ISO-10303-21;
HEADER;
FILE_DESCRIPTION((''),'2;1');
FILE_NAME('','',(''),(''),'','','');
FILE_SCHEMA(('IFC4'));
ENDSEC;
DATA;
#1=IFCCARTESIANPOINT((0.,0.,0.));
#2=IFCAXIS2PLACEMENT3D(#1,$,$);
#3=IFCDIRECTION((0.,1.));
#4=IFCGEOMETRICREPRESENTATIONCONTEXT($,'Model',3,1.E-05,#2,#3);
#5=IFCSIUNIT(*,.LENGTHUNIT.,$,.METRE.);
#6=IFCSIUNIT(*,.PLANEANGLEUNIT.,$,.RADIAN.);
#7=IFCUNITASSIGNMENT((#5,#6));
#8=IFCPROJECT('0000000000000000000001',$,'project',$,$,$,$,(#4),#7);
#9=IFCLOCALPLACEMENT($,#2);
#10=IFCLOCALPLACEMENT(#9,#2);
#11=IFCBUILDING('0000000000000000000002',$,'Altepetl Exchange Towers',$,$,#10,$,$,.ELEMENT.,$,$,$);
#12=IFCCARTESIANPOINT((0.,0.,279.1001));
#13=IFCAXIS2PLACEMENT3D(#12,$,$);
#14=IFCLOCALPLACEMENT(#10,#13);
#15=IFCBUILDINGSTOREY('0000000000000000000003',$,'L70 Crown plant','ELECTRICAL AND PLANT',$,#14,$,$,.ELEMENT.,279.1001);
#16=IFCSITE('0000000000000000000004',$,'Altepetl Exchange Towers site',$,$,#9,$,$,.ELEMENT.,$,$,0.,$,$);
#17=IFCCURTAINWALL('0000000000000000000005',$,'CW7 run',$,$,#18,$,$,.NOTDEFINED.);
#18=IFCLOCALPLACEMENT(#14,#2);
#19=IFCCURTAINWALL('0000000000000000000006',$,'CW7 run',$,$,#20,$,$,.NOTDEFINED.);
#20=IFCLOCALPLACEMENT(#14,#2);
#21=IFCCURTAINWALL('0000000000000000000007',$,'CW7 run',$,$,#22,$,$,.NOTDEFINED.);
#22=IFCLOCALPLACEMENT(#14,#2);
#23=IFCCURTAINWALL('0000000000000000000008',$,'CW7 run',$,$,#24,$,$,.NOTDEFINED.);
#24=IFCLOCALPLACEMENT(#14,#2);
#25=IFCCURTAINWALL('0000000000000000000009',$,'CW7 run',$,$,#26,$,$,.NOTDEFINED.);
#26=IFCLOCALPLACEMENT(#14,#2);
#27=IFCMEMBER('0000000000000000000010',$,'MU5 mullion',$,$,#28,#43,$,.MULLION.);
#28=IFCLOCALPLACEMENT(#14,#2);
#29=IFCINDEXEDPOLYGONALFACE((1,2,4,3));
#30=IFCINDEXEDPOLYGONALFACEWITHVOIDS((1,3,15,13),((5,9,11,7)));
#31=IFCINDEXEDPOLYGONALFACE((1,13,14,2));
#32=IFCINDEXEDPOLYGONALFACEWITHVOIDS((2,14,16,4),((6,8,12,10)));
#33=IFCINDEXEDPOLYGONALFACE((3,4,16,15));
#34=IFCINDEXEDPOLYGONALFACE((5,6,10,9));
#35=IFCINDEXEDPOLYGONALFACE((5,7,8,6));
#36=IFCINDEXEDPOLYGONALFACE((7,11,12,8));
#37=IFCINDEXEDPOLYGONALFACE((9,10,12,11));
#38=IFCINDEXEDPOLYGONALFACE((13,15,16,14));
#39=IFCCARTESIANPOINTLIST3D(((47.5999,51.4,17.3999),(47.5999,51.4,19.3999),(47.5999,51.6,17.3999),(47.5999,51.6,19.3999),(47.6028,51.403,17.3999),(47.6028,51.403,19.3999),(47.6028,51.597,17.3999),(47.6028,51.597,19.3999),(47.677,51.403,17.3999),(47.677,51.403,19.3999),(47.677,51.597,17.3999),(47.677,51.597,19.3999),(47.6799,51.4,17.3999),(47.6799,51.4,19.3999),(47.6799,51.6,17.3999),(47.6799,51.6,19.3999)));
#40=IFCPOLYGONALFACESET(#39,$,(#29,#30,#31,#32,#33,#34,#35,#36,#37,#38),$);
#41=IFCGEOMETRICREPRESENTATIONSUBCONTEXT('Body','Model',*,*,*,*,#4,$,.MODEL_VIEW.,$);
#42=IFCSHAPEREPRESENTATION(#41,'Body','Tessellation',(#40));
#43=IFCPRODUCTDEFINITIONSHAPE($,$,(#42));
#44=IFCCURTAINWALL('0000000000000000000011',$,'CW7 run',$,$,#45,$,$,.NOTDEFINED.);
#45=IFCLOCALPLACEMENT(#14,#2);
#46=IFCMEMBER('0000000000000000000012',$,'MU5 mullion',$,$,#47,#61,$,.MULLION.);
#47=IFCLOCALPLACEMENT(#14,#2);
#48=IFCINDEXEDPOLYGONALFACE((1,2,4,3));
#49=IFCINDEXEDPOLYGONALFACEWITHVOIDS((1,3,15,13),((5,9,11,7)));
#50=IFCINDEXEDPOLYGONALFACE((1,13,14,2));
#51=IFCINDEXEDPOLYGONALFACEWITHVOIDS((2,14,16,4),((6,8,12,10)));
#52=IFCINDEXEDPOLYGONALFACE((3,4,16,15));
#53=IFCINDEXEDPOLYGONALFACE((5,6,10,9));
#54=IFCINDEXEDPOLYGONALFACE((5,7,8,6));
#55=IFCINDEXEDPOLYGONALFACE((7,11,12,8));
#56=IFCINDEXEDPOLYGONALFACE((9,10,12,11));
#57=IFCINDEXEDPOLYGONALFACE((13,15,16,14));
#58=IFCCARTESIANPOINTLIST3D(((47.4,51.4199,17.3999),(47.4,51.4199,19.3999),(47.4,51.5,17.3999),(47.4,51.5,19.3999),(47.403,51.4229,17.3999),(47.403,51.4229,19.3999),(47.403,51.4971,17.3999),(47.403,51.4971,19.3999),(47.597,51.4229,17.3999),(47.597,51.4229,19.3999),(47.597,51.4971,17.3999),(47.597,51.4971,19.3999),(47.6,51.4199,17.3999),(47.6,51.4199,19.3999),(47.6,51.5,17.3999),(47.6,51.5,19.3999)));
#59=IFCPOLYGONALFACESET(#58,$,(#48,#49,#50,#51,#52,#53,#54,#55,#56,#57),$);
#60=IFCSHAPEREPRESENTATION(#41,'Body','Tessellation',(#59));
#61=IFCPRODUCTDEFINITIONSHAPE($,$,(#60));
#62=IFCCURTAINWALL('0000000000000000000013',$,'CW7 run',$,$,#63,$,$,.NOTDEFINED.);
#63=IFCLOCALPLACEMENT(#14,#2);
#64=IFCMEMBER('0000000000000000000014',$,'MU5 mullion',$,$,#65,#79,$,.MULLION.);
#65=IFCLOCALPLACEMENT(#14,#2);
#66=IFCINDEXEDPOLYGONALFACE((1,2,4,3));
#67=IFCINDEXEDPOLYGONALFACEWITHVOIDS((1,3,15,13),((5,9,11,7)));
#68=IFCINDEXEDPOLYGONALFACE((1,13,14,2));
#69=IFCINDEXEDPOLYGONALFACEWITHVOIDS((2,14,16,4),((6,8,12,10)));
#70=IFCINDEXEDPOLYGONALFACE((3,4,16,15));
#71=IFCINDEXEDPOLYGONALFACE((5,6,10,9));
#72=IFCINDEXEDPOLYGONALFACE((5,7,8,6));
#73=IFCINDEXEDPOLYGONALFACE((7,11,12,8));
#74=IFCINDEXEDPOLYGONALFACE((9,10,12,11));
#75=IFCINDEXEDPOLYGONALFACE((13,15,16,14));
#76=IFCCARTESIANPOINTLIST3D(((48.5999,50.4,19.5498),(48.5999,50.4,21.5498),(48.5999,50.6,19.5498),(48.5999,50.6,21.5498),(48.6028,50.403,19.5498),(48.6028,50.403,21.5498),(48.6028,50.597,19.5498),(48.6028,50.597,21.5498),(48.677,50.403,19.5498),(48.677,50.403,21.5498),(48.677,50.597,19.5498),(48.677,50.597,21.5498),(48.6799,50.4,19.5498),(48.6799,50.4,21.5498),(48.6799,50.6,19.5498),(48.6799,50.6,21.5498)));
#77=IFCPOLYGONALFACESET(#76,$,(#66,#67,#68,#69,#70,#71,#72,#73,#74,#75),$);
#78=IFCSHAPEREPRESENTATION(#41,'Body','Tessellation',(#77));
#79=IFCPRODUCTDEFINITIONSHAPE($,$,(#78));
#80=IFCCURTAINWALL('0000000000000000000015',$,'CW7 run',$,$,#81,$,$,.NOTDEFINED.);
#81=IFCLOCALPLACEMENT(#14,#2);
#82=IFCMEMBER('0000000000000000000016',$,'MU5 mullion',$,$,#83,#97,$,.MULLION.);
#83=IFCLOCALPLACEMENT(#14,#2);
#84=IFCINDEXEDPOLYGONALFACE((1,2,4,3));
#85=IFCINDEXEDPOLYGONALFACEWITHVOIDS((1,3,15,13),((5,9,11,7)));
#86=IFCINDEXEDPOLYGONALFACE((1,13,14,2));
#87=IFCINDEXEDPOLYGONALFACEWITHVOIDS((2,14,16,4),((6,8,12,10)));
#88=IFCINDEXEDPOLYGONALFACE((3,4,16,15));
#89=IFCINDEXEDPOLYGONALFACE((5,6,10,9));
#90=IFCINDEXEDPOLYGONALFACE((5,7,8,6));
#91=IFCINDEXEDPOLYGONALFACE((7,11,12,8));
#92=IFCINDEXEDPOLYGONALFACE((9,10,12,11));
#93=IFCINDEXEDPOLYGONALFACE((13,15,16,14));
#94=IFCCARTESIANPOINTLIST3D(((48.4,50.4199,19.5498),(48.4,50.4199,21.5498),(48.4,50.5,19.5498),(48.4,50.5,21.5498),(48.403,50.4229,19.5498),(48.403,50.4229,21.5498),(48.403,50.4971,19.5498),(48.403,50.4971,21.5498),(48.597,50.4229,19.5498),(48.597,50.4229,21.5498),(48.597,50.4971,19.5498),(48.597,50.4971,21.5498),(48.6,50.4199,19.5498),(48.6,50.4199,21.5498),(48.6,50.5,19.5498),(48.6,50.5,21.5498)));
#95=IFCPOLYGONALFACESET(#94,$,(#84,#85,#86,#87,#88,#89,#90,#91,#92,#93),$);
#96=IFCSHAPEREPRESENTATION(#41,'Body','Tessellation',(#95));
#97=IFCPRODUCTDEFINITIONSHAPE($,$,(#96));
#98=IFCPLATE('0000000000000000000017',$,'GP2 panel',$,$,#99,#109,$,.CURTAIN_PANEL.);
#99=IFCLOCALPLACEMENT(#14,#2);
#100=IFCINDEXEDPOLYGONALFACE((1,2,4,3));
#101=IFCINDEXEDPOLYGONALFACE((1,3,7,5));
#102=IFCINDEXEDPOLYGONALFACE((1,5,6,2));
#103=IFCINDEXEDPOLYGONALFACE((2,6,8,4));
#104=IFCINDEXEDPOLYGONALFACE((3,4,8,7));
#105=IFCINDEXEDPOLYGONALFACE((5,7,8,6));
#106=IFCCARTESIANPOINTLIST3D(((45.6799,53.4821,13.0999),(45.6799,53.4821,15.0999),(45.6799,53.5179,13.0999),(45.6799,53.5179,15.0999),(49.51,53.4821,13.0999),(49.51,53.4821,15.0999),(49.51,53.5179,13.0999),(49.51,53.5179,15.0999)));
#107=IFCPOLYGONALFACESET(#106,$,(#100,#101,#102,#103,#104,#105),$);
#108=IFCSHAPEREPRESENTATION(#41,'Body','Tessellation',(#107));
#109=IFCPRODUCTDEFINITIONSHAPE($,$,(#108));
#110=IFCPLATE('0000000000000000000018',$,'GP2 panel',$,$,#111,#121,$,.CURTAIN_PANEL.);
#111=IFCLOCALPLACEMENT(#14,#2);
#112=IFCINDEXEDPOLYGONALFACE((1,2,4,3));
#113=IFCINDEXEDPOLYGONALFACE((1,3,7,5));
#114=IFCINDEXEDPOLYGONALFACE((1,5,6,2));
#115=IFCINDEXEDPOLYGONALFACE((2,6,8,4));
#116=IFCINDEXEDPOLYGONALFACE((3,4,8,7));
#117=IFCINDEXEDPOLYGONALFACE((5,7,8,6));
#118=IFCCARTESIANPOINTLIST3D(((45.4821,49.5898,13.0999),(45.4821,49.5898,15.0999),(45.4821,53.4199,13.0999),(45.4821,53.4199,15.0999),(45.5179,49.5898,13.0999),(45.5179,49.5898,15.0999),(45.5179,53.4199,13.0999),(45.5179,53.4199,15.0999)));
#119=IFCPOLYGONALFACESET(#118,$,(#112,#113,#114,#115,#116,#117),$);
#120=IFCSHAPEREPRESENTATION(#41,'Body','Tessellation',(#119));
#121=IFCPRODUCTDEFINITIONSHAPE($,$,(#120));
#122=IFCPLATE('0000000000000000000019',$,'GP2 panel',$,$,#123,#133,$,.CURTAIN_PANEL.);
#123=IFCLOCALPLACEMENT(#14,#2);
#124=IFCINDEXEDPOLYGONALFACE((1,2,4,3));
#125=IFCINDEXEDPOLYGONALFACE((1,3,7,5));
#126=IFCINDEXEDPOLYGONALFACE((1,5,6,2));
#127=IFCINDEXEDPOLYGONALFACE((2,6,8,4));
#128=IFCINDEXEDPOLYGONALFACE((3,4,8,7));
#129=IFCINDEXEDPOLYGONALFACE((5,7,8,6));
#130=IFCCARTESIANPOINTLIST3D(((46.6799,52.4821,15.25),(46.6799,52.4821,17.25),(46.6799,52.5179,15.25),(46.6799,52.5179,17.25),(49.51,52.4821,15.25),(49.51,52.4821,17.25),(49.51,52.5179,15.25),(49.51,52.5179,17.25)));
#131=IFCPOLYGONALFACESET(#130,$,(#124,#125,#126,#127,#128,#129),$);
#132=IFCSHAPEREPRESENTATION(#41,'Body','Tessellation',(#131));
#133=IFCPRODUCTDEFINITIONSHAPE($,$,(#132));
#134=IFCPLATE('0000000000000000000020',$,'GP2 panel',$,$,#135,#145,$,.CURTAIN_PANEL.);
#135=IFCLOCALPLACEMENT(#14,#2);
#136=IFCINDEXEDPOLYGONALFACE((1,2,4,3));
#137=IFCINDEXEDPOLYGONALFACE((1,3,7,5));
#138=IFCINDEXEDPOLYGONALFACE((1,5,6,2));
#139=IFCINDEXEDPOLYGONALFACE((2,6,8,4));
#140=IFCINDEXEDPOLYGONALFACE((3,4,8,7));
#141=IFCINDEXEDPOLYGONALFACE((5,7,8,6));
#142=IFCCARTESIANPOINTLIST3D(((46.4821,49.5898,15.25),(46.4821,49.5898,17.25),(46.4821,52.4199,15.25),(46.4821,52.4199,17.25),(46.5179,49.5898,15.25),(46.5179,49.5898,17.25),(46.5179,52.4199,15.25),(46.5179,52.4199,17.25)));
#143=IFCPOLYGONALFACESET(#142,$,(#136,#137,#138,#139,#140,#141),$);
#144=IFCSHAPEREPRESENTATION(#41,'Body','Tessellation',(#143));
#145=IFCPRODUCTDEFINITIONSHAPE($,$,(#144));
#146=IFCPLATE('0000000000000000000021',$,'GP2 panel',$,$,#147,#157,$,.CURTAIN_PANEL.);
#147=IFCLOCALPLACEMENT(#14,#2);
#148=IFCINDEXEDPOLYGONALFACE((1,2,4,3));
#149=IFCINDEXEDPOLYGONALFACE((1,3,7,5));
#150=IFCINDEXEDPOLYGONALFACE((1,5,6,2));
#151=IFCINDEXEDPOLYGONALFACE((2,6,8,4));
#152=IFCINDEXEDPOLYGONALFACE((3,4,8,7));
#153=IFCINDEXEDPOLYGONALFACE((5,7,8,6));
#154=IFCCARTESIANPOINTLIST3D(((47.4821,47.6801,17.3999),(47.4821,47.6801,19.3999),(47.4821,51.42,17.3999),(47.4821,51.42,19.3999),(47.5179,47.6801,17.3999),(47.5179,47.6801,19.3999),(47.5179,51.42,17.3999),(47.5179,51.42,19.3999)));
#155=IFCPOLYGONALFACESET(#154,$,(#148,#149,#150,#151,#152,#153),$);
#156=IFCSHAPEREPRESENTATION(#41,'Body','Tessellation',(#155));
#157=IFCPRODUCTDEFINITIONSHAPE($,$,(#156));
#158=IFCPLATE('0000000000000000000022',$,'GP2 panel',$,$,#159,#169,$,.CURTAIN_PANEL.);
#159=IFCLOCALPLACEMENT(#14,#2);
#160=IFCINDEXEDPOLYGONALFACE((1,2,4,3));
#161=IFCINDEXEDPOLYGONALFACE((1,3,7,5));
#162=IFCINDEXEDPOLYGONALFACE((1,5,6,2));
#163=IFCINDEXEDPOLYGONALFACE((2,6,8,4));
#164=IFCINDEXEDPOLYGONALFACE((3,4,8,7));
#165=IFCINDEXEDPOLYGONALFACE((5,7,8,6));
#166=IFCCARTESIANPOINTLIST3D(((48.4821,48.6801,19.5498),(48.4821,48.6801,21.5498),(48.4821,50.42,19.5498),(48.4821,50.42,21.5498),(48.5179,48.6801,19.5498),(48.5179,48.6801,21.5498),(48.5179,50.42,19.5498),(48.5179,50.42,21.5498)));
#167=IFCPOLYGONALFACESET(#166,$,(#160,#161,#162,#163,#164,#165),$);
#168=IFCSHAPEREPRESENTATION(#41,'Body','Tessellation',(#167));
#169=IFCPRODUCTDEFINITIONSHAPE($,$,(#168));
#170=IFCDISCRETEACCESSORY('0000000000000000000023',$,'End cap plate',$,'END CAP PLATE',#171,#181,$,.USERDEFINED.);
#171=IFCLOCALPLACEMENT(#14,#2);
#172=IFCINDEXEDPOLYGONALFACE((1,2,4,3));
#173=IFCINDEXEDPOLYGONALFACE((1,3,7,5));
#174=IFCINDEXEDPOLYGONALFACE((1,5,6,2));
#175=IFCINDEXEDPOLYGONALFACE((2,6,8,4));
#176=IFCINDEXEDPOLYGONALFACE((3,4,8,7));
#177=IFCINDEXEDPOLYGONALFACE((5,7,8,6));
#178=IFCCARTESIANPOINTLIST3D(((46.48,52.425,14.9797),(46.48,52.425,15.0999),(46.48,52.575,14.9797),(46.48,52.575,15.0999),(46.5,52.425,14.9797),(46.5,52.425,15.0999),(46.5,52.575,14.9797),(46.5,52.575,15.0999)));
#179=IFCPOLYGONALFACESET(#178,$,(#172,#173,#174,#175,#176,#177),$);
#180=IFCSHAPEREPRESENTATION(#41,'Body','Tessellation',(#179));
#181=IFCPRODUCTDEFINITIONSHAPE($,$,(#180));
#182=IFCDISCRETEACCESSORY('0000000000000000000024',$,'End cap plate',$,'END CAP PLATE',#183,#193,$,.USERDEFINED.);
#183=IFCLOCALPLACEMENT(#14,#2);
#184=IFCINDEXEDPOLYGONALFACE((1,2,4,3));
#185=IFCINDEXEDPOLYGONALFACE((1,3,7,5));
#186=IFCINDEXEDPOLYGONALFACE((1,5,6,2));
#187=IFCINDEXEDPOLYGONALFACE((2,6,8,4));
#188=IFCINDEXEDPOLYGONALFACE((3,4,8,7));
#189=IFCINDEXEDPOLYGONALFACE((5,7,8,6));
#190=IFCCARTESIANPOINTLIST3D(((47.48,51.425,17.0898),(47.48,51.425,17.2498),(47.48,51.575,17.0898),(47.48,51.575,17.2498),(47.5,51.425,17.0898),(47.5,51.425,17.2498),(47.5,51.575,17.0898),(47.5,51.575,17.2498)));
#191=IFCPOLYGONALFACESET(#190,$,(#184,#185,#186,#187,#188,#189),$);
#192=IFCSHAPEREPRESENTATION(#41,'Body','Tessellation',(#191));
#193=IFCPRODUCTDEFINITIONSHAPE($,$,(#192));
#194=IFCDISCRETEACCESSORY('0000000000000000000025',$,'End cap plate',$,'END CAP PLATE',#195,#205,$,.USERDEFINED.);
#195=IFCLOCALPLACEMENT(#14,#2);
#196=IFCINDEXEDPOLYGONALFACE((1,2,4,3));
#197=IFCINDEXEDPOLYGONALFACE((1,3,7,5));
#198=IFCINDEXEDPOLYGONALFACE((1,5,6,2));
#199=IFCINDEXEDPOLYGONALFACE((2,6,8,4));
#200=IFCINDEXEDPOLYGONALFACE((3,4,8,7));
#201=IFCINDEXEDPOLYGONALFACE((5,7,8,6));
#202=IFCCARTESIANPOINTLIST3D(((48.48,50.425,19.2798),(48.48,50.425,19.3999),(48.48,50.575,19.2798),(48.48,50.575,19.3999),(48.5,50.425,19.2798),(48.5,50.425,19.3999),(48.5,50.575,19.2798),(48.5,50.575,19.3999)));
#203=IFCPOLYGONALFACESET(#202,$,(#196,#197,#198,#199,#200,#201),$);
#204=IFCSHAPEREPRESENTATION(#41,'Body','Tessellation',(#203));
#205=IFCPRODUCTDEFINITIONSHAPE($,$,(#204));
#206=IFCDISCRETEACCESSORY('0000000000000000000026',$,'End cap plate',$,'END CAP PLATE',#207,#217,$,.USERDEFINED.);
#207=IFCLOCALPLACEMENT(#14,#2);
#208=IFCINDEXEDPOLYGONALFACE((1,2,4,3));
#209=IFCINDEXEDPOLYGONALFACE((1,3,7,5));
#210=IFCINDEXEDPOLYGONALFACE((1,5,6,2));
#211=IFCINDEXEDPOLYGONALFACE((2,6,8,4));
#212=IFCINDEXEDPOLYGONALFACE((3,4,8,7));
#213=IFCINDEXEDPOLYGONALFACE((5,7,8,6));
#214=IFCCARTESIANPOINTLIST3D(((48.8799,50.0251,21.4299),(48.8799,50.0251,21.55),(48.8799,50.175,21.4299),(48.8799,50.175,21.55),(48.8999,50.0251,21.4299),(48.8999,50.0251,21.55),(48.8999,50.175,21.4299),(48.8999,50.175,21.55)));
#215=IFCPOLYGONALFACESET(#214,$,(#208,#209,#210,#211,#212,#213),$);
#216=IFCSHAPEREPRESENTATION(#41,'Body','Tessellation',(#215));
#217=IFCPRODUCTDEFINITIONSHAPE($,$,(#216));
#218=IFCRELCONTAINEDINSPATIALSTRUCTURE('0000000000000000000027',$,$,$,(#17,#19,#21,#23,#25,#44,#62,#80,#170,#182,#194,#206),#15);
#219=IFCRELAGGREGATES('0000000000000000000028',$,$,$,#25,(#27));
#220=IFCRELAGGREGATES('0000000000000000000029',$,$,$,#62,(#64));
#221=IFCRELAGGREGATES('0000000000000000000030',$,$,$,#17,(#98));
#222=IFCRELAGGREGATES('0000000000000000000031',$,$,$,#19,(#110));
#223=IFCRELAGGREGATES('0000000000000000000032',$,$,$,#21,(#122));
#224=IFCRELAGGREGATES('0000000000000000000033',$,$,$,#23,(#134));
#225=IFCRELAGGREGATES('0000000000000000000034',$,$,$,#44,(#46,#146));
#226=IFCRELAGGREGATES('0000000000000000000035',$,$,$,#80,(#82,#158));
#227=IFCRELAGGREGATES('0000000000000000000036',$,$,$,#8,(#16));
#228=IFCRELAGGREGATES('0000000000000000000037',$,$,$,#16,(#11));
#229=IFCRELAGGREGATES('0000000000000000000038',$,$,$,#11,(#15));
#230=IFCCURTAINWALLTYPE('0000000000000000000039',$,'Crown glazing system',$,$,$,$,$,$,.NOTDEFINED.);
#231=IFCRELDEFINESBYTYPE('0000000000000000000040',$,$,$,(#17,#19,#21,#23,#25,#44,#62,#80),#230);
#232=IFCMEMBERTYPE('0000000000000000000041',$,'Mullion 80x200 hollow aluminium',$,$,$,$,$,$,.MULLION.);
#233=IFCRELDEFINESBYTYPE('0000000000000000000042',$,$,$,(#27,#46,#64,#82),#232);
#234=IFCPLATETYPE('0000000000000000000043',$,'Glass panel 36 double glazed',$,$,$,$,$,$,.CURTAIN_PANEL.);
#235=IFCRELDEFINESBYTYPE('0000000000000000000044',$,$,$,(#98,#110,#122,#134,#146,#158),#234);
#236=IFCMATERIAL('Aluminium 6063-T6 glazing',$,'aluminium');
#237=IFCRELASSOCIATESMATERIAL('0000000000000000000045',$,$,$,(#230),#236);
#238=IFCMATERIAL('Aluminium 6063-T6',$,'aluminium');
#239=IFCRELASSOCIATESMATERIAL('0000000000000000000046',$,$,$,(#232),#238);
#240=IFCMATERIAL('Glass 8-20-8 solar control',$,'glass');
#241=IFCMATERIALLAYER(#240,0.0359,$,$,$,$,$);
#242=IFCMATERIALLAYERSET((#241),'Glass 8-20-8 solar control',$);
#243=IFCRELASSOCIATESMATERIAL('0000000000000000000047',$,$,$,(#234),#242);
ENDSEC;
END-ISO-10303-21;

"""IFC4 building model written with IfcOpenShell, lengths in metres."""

from ifc_helpers import new_model, si_unit, direction, frame, origin, origin_2d, place, context, subcontext, project, spatial, rectangle, hollow_rectangle, extrude, material, layer, layer_set, material_profile, profile_set, type_object, element, aggregate, save


model = new_model("IFC4")

# Units and contexts
model_context = context("Model", 3, precision=1e-05, world=origin(), true_north=direction((0.0, 1.0)))
body_context = subcontext(model_context, "Body", "Model", "MODEL_VIEW")
ifc_project = project(units=[si_unit("LENGTHUNIT", "METRE"), si_unit("PLANEANGLEUNIT", "RADIAN")], contexts=[model_context])

# Site, building, storey
site_placement = place(None, origin())
site = spatial("IfcSite", under=ifc_project, at=site_placement, Name="Altepetl Exchange Towers site", CompositionType="ELEMENT", RefElevation=0.0)
building_placement = place(site_placement, origin())
building = spatial("IfcBuilding", under=site, at=building_placement, Name="Altepetl Exchange Towers", CompositionType="ELEMENT")
storey_placement = place(building_placement, frame((0.0, 0.0, 279.1001)))
storey = spatial("IfcBuildingStorey", under=building, at=storey_placement, Name="L70 Crown plant", Description="ELECTRICAL AND PLANT", CompositionType="ELEMENT", Elevation=279.1001)

# Curtain wall
ifc_material_1 = material(Name="Aluminium 6063-T6 glazing", Category="aluminium")
curtain_wall_type = type_object("IfcCurtainWallType", Name="Crown glazing system", PredefinedType="NOTDEFINED", material=ifc_material_1)
curtain_wall_1_placement = place(storey_placement, origin())
curtain_wall_1 = element("IfcCurtainWall", 1, at=curtain_wall_1_placement, inside=storey, type_object=curtain_wall_type, Name="CW7 run", PredefinedType="NOTDEFINED")
ifc_material_2 = material(Name="Aluminium 6063-T6", Category="aluminium")
ifc_material_profile_1 = material_profile(ifc_material_2, hollow_rectangle(XDim=0.0801, YDim=0.2, WallThickness=0.0029, at=origin_2d()), Name="Mullion 80x200 hollow aluminium")
ifc_profile_set_1 = profile_set([ifc_material_profile_1], Name="Aluminium 6063-T6")
member_type = type_object("IfcMemberType", Name="Mullion 80x200 hollow aluminium", PredefinedType="MULLION", material=ifc_profile_set_1)

# Curtain wall
curtain_wall_2_placement = place(storey_placement, origin())
curtain_wall_2 = element("IfcCurtainWall", 2, at=curtain_wall_2_placement, inside=storey, type_object=curtain_wall_type, Name="CW7 run", PredefinedType="NOTDEFINED")

# Curtain wall
curtain_wall_3_placement = place(storey_placement, origin())
curtain_wall_3 = element("IfcCurtainWall", 3, at=curtain_wall_3_placement, inside=storey, type_object=curtain_wall_type, Name="CW7 run", PredefinedType="NOTDEFINED")

# Curtain wall
curtain_wall_4_placement = place(storey_placement, origin())
curtain_wall_4 = element("IfcCurtainWall", 4, at=curtain_wall_4_placement, inside=storey, type_object=curtain_wall_type, Name="CW7 run", PredefinedType="NOTDEFINED")

# Curtain walls, members
curtain_wall_5_placement = place(storey_placement, origin())
curtain_wall_5 = element("IfcCurtainWall", 5, at=curtain_wall_5_placement, inside=storey, type_object=curtain_wall_type, Name="CW7 run", PredefinedType="NOTDEFINED")
member_1_placement = place(storey_placement, frame((47.6399, 51.5, 17.3999), z_axis=(0.0, 0.0, 1.0), x_axis=(-1.0, 0.0, 0.0)))
member_1 = element("IfcMember", 6, at=member_1_placement, type_object=member_type, Name="MU5 mullion", PredefinedType="MULLION", context=body_context, shape_type="SweptSolid", body=[
    extrude(hollow_rectangle(XDim=0.0801, YDim=0.2, WallThickness=0.0029, at=origin_2d()), origin(), (0.0, 0.0, 1.0), 2.0),
])
aggregate(curtain_wall_5, [member_1])
curtain_wall_6_placement = place(storey_placement, origin())
curtain_wall_6 = element("IfcCurtainWall", 7, at=curtain_wall_6_placement, inside=storey, type_object=curtain_wall_type, Name="CW7 run", PredefinedType="NOTDEFINED")
member_2_placement = place(storey_placement, frame((47.5, 51.46, 17.3999), z_axis=(0.0, 0.0, 1.0), x_axis=(0.0, -1.0, 0.0)))
member_2 = element("IfcMember", 8, at=member_2_placement, type_object=member_type, Name="MU5 mullion", PredefinedType="MULLION", context=body_context, shape_type="SweptSolid", body=[
    extrude(hollow_rectangle(XDim=0.0801, YDim=0.2, WallThickness=0.0029, at=origin_2d()), origin(), (0.0, 0.0, 1.0), 2.0),
])
curtain_wall_7_placement = place(storey_placement, origin())
curtain_wall_7 = element("IfcCurtainWall", 9, at=curtain_wall_7_placement, inside=storey, type_object=curtain_wall_type, Name="CW7 run", PredefinedType="NOTDEFINED")
member_3_placement = place(storey_placement, frame((48.6399, 50.5, 19.5498), z_axis=(0.0, 0.0, 1.0), x_axis=(-1.0, 0.0, 0.0)))
member_3 = element("IfcMember", 10, at=member_3_placement, type_object=member_type, Name="MU5 mullion", PredefinedType="MULLION", context=body_context, shape_type="SweptSolid", body=[
    extrude(hollow_rectangle(XDim=0.0801, YDim=0.2, WallThickness=0.0029, at=origin_2d()), origin(), (0.0, 0.0, 1.0), 2.0),
])
aggregate(curtain_wall_7, [member_3])
curtain_wall_8_placement = place(storey_placement, origin())
curtain_wall_8 = element("IfcCurtainWall", 11, at=curtain_wall_8_placement, inside=storey, type_object=curtain_wall_type, Name="CW7 run", PredefinedType="NOTDEFINED")
member_4_placement = place(storey_placement, frame((48.5, 50.46, 19.5498), z_axis=(0.0, 0.0, 1.0), x_axis=(0.0, -1.0, 0.0)))
member_4 = element("IfcMember", 12, at=member_4_placement, type_object=member_type, Name="MU5 mullion", PredefinedType="MULLION", context=body_context, shape_type="SweptSolid", body=[
    extrude(hollow_rectangle(XDim=0.0801, YDim=0.2, WallThickness=0.0029, at=origin_2d()), origin(), (0.0, 0.0, 1.0), 2.0),
])

# Plates
ifc_material_3 = material(Name="Glass 8-20-8 solar control", Category="glass")
ifc_layer = layer(ifc_material_3, 0.0359)
ifc_layer_set = layer_set([ifc_layer], Name="Glass 8-20-8 solar control")
plate_type = type_object("IfcPlateType", Name="Glass panel 36 double glazed", PredefinedType="CURTAIN_PANEL", material=ifc_layer_set)
plate_1_placement = place(storey_placement, frame((47.595, 53.5, 13.0999), z_axis=(0.0, 0.0, 1.0), x_axis=(-1.0, 0.0, 0.0)))
plate_1 = element("IfcPlate", 13, at=plate_1_placement, type_object=plate_type, Name="GP2 panel", PredefinedType="CURTAIN_PANEL", context=body_context, shape_type="SweptSolid", body=[
    extrude(rectangle(XDim=3.8301, YDim=0.0359, at=origin_2d()), origin(), (0.0, 0.0, 1.0), 2.0),
])
aggregate(curtain_wall_1, [plate_1])
plate_2_placement = place(storey_placement, frame((45.5, 51.5049, 13.0999), z_axis=(0.0, 0.0, 1.0), x_axis=(0.0, -1.0, 0.0)))
plate_2 = element("IfcPlate", 14, at=plate_2_placement, type_object=plate_type, Name="GP2 panel", PredefinedType="CURTAIN_PANEL", context=body_context, shape_type="SweptSolid", body=[
    extrude(rectangle(XDim=3.8301, YDim=0.0359, at=origin_2d()), origin(), (0.0, 0.0, 1.0), 2.0),
])
aggregate(curtain_wall_2, [plate_2])
plate_3_placement = place(storey_placement, frame((48.095, 52.5, 15.25), z_axis=(0.0, 0.0, 1.0), x_axis=(-1.0, 0.0, 0.0)))
plate_3 = element("IfcPlate", 15, at=plate_3_placement, type_object=plate_type, Name="GP2 panel", PredefinedType="CURTAIN_PANEL", context=body_context, shape_type="SweptSolid", body=[
    extrude(rectangle(XDim=2.8301, YDim=0.0359, at=origin_2d()), origin(), (0.0, 0.0, 1.0), 2.0),
])
aggregate(curtain_wall_3, [plate_3])
plate_4_placement = place(storey_placement, frame((46.5, 51.0049, 15.25), z_axis=(0.0, 0.0, 1.0), x_axis=(0.0, -1.0, 0.0)))
plate_4 = element("IfcPlate", 16, at=plate_4_placement, type_object=plate_type, Name="GP2 panel", PredefinedType="CURTAIN_PANEL", context=body_context, shape_type="SweptSolid", body=[
    extrude(rectangle(XDim=2.8301, YDim=0.0359, at=origin_2d()), origin(), (0.0, 0.0, 1.0), 2.0),
])
aggregate(curtain_wall_4, [plate_4])
plate_5_placement = place(storey_placement, frame((47.5, 49.55, 17.3999), z_axis=(0.0, 0.0, 1.0), x_axis=(0.0, -1.0, 0.0)))
plate_5 = element("IfcPlate", 17, at=plate_5_placement, type_object=plate_type, Name="GP2 panel", PredefinedType="CURTAIN_PANEL", context=body_context, shape_type="SweptSolid", body=[
    extrude(rectangle(XDim=3.74, YDim=0.0359, at=origin_2d()), origin(), (0.0, 0.0, 1.0), 2.0),
])
aggregate(curtain_wall_6, [member_2, plate_5])
plate_6_placement = place(storey_placement, frame((48.5, 49.55, 19.5498), z_axis=(0.0, 0.0, 1.0), x_axis=(0.0, -1.0, 0.0)))
plate_6 = element("IfcPlate", 18, at=plate_6_placement, type_object=plate_type, Name="GP2 panel", PredefinedType="CURTAIN_PANEL", context=body_context, shape_type="SweptSolid", body=[
    extrude(rectangle(XDim=1.74, YDim=0.0359, at=origin_2d()), origin(), (0.0, 0.0, 1.0), 2.0),
])
aggregate(curtain_wall_8, [member_4, plate_6])

# Discrete accessories
discrete_accessory_1_placement = place(storey_placement, frame((46.49, 52.5, 14.9797), z_axis=(0.0, 0.0, 1.0), x_axis=(-1.0, 0.0, 0.0)))
element("IfcDiscreteAccessory", 19, at=discrete_accessory_1_placement, inside=storey, Name="End cap plate", ObjectType="END CAP PLATE", PredefinedType="USERDEFINED", context=body_context, shape_type="SweptSolid", body=[
    extrude(rectangle(XDim=0.02, YDim=0.1499, at=origin_2d()), origin(), (0.0, 0.0, 1.0), 0.1201),
])
discrete_accessory_2_placement = place(storey_placement, frame((47.49, 51.5, 17.0898), z_axis=(0.0, 0.0, 1.0), x_axis=(-1.0, 0.0, 0.0)))
element("IfcDiscreteAccessory", 20, at=discrete_accessory_2_placement, inside=storey, Name="End cap plate", ObjectType="END CAP PLATE", PredefinedType="USERDEFINED", context=body_context, shape_type="SweptSolid", body=[
    extrude(rectangle(XDim=0.02, YDim=0.1499, at=origin_2d()), origin(), (0.0, 0.0, 1.0), 0.1599),
])
for number, where, z_axis, x_axis, name in (
    (21, (48.49, 50.5, 19.2798), (0.0, 0.0, 1.0), (-1.0, 0.0, 0.0), "End cap plate"),
    (22, (48.8899, 50.1001, 21.4299), (0.0, 0.0, 1.0), (-1.0, 0.0, 0.0), "End cap plate"),
):
    element("IfcDiscreteAccessory", number, at=place(storey_placement, frame(where, z_axis=z_axis, x_axis=x_axis)), inside=storey, Name=name, ObjectType="END CAP PLATE", PredefinedType="USERDEFINED", context=body_context, shape_type="SweptSolid", body=[
        extrude(rectangle(XDim=0.02, YDim=0.1499, at=origin_2d()), origin(), (0.0, 0.0, 1.0), 0.1201),
    ])

save(model, "model.ifc")
